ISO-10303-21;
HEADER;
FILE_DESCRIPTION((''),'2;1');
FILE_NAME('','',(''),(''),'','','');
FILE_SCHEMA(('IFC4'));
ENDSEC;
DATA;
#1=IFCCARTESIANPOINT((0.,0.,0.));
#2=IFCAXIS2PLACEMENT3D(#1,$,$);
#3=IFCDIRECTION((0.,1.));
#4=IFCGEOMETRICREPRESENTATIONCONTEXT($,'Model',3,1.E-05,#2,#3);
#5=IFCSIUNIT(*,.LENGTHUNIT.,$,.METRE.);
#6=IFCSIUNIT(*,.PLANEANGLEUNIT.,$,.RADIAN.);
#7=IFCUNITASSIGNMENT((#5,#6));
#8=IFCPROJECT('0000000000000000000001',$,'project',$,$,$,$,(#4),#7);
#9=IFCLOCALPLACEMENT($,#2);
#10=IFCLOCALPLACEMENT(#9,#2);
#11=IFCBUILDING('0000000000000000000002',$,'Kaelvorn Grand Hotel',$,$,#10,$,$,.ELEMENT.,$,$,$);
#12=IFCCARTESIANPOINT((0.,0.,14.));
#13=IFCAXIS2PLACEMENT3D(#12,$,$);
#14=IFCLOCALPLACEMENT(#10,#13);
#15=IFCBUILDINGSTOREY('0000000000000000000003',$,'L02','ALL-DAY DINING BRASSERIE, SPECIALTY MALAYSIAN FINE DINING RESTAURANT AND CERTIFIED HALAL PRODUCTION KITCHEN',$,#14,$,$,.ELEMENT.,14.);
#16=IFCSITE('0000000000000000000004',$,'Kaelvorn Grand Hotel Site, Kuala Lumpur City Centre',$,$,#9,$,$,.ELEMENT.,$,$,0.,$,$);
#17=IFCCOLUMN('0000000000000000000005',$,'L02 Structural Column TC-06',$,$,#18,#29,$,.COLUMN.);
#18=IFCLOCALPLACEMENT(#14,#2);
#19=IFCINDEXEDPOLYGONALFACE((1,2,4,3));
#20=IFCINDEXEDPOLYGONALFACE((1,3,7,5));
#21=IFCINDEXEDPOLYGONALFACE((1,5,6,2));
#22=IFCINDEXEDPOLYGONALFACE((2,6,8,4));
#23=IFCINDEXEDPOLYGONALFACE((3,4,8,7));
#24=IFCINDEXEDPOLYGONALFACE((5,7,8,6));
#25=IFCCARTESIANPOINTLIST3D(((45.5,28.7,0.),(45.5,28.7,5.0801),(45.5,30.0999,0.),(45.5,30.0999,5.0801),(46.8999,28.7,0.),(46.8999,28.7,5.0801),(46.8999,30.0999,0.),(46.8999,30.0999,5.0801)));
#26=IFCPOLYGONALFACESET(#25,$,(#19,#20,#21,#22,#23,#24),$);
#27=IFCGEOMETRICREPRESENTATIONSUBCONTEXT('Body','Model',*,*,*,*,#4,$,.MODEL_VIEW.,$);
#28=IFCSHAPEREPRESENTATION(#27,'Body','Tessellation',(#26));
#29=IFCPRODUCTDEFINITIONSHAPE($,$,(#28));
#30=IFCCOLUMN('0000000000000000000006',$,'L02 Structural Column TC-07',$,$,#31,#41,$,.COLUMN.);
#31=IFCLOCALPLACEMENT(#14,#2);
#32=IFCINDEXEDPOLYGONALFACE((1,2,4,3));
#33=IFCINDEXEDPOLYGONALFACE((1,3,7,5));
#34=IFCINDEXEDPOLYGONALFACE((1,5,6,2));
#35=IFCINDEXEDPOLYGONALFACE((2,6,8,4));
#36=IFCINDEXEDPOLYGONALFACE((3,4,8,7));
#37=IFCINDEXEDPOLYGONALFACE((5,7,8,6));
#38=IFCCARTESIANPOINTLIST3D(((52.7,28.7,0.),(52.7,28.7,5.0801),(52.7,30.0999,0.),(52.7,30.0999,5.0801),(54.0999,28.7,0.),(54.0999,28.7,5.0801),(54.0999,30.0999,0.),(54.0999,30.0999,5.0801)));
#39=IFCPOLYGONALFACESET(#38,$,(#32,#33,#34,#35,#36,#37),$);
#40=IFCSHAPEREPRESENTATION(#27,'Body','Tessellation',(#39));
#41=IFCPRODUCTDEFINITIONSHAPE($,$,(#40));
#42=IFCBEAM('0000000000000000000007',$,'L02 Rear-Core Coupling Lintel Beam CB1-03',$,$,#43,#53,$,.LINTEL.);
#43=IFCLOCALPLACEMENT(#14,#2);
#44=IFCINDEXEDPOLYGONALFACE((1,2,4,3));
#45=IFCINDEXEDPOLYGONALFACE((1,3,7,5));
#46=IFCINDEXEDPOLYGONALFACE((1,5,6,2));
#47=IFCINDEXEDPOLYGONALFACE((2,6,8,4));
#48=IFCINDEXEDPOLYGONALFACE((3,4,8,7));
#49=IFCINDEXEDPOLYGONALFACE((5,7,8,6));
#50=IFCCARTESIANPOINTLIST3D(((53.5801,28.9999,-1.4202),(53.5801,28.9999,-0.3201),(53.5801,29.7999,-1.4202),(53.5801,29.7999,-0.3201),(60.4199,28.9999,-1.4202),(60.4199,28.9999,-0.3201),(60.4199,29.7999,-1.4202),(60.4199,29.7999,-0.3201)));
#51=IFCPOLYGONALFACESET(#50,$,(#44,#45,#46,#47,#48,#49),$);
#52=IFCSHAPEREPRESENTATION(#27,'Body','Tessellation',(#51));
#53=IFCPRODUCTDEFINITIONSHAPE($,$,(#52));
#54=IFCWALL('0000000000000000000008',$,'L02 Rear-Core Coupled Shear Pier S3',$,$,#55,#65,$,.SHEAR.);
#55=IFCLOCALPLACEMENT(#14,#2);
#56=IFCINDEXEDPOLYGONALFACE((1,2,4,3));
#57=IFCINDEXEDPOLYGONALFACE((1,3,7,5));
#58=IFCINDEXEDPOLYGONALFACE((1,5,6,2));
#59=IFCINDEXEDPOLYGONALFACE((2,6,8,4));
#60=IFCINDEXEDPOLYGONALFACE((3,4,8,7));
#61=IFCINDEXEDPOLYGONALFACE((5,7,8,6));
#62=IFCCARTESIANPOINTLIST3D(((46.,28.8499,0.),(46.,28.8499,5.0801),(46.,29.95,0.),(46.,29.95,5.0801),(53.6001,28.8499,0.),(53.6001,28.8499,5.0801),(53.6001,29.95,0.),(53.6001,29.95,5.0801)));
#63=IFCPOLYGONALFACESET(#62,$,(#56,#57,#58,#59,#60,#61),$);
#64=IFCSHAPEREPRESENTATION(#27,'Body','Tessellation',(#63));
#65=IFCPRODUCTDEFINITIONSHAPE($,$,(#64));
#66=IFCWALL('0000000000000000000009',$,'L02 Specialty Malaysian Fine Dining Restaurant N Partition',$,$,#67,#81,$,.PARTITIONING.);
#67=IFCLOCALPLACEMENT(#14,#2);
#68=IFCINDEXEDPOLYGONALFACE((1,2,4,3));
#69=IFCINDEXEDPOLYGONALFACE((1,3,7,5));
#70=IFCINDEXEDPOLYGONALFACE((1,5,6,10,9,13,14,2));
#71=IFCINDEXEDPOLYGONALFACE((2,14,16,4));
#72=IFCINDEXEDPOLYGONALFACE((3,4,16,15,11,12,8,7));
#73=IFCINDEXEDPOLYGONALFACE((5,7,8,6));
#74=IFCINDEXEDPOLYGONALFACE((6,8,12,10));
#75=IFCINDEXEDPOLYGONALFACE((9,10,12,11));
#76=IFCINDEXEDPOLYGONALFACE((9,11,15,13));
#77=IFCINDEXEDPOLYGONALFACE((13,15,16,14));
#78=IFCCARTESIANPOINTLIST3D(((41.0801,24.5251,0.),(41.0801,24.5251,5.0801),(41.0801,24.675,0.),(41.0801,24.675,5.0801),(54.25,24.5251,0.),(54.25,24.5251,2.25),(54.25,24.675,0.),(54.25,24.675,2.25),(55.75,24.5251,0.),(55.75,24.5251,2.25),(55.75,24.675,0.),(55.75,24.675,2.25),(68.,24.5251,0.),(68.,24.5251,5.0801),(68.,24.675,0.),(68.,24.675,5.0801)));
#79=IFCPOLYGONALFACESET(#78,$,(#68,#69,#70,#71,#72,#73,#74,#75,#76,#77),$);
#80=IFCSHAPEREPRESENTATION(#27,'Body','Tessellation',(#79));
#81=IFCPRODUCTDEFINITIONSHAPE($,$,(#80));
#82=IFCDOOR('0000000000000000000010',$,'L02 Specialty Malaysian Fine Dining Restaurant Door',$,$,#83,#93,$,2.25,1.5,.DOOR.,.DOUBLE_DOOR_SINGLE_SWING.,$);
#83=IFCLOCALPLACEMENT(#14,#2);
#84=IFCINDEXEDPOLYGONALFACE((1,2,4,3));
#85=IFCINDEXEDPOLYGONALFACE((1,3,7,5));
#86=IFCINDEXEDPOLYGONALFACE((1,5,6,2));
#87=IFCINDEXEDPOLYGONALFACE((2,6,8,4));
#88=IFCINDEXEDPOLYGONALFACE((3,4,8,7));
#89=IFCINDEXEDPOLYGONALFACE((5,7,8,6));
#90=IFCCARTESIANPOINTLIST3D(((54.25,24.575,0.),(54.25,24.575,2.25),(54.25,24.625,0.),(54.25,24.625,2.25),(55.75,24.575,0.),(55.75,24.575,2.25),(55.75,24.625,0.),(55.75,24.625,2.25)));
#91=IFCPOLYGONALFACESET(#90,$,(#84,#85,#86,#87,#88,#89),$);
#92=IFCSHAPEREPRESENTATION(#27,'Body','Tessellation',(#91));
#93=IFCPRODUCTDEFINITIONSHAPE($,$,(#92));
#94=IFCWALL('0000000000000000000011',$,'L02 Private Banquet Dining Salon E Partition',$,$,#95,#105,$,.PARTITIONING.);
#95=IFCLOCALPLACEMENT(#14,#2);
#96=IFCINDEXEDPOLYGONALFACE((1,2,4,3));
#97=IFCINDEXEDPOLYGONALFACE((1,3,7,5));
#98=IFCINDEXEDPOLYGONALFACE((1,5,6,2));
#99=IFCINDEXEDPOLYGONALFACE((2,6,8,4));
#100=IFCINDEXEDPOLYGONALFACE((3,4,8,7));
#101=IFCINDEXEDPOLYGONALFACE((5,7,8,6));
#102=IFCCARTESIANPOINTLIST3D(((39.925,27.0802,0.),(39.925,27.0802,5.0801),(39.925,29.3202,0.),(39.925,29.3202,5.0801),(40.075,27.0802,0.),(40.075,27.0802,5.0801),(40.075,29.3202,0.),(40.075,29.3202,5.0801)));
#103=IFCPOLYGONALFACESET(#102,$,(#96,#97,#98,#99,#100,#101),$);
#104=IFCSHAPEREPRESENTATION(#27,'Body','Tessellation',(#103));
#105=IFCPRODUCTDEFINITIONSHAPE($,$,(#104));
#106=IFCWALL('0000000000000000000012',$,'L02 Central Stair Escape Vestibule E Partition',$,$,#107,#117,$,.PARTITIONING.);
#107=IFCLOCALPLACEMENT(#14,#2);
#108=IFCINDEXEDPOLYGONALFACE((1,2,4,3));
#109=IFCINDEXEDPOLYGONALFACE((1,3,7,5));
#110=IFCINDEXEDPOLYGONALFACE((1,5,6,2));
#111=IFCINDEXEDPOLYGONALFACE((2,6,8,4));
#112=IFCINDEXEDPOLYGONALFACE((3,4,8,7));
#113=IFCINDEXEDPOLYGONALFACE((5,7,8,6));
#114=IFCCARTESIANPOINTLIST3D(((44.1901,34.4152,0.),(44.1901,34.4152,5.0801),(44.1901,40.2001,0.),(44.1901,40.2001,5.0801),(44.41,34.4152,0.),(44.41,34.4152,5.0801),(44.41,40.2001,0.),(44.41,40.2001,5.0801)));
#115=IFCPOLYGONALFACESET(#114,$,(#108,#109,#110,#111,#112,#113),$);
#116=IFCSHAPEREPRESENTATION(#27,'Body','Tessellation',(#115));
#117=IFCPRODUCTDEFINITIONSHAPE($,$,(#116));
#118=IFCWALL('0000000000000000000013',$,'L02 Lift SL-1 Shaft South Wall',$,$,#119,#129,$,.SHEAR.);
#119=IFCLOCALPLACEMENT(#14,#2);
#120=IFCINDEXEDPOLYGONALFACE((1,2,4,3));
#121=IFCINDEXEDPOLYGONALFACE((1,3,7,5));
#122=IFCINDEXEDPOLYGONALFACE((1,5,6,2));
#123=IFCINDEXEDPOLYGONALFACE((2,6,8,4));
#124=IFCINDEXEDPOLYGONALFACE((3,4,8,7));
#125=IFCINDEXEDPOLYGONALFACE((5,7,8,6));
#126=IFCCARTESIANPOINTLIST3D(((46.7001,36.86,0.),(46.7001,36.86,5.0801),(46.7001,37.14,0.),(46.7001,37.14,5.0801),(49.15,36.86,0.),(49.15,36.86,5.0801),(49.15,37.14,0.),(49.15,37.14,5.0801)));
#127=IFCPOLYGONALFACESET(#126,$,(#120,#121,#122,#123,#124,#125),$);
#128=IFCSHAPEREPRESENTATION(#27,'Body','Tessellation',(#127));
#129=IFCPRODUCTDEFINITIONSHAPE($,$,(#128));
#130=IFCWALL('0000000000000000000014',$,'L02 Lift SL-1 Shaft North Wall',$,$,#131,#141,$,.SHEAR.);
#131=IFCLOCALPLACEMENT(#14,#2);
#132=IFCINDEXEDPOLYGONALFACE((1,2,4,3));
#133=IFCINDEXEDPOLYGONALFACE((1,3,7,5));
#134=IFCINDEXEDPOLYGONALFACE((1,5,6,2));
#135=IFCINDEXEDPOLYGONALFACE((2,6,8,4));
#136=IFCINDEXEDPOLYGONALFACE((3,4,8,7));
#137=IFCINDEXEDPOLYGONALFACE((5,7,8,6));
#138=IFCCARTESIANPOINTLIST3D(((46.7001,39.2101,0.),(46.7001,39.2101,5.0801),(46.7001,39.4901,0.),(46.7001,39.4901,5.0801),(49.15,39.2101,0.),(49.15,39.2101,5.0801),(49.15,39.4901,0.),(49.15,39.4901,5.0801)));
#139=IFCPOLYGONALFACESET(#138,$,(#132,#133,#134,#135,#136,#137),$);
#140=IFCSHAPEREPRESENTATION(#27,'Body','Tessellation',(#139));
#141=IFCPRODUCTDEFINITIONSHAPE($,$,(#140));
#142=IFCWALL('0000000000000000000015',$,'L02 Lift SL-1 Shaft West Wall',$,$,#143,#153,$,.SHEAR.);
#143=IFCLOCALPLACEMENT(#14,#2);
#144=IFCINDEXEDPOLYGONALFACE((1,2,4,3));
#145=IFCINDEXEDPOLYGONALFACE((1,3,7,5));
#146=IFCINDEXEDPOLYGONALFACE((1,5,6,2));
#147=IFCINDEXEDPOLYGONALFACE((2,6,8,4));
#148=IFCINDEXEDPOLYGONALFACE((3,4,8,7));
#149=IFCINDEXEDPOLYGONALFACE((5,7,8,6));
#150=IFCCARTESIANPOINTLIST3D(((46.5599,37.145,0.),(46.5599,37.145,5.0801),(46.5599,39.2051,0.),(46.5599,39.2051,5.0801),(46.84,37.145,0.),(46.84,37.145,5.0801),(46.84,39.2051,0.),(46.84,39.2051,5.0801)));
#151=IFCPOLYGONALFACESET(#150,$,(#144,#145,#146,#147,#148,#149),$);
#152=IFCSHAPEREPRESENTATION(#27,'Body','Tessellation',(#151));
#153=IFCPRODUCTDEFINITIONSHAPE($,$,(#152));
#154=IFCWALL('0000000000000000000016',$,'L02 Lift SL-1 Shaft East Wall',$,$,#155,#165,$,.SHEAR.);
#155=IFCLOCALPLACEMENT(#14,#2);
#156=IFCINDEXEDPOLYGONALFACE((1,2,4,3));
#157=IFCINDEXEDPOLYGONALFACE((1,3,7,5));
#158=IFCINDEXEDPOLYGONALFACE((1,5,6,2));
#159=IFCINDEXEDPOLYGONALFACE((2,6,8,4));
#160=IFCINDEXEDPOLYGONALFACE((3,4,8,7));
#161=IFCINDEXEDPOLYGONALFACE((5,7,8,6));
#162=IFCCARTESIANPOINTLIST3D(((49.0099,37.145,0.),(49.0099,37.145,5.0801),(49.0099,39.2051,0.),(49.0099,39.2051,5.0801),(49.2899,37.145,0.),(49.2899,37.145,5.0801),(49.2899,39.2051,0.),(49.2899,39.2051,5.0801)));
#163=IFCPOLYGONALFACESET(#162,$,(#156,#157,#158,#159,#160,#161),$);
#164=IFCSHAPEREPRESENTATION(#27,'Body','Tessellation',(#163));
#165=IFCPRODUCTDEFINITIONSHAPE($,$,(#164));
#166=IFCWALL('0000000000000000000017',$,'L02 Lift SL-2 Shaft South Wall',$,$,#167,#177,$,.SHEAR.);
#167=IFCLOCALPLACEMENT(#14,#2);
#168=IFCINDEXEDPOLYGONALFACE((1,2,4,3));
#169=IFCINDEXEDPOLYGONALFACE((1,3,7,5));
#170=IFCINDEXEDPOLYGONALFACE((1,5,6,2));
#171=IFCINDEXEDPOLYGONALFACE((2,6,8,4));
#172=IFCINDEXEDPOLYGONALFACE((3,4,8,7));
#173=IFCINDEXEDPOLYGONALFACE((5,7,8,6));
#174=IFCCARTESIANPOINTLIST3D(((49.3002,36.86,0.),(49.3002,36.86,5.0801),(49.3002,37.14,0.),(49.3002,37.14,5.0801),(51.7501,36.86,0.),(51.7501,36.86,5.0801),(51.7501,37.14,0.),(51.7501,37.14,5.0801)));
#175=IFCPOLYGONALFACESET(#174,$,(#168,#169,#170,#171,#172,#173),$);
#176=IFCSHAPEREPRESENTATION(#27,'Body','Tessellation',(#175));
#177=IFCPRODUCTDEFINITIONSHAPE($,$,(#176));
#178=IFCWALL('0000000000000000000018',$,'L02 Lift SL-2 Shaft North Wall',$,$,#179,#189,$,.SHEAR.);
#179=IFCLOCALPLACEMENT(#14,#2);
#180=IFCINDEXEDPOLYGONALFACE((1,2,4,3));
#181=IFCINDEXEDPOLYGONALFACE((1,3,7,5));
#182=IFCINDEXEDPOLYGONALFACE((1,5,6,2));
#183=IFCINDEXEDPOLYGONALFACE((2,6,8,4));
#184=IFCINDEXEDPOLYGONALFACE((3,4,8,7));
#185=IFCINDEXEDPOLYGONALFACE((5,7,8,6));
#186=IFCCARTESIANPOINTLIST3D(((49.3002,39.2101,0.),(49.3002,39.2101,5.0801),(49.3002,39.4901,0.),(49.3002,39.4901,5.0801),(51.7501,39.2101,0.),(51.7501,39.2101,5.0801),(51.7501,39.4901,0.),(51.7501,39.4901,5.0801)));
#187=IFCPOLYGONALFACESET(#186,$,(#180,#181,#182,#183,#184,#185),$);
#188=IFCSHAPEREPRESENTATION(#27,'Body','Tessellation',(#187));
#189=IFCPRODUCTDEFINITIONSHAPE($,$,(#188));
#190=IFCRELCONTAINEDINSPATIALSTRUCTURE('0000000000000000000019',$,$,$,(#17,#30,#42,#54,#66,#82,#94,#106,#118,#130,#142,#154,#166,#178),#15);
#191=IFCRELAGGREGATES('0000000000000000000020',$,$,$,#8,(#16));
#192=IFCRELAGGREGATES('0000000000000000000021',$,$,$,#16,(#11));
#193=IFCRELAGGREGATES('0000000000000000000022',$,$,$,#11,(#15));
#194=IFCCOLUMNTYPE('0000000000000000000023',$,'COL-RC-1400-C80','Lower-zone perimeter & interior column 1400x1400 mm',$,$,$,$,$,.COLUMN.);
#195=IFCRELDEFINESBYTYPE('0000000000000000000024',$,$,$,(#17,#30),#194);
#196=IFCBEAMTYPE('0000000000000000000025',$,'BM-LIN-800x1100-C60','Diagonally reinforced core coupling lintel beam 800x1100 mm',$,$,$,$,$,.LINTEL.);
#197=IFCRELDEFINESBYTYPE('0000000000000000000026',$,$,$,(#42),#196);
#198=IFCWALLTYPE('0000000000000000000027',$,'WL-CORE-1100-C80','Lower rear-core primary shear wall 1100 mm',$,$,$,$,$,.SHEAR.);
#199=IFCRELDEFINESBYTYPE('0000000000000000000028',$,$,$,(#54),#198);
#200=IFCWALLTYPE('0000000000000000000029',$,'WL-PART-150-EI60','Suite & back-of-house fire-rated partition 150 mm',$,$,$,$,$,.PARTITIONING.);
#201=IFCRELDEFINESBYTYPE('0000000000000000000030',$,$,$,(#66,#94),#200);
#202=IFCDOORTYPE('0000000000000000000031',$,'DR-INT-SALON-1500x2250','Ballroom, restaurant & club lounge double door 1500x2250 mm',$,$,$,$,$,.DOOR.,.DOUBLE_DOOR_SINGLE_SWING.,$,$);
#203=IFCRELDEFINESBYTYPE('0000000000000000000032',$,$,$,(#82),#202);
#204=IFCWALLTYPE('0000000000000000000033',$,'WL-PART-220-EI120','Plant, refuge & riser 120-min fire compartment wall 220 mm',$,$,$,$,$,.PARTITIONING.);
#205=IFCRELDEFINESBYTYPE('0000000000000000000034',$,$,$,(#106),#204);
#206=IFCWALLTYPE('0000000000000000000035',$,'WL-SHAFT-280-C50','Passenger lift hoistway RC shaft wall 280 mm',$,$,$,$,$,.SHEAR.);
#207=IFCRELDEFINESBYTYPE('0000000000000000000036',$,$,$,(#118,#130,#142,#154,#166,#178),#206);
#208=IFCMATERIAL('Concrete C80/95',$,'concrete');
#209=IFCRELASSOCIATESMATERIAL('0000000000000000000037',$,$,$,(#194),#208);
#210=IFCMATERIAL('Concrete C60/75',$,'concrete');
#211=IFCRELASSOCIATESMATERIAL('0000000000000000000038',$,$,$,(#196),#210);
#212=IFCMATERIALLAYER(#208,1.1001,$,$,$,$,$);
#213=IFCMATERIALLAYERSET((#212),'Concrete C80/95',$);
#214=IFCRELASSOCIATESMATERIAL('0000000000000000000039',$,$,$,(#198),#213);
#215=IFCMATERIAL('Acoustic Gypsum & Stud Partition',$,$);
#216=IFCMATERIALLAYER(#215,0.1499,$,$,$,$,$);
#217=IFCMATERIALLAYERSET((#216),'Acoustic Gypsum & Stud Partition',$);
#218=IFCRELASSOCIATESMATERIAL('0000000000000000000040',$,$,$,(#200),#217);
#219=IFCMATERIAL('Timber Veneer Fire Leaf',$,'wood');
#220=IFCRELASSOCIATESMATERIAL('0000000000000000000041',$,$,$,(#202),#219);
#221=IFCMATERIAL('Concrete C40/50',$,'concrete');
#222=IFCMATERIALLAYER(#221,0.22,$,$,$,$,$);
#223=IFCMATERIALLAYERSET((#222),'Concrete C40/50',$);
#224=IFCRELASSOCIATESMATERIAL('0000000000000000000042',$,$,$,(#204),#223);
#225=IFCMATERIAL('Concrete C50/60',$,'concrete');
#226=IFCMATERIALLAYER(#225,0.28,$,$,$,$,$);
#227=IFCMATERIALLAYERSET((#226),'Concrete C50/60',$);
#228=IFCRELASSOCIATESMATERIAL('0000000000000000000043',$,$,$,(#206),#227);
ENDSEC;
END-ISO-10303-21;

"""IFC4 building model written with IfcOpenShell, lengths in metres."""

from ifc_helpers import new_model, si_unit, direction, frame, frame_2d, origin, origin_2d, place, context, subcontext, project, spatial, rectangle, extrude, material, layer, layer_set, material_profile, profile_set, type_object, element, fill, save


model = new_model("IFC4")

# Units and contexts
model_context = context("Model", 3, precision=1e-05, world=origin(), true_north=direction((0.0, 1.0)))
body_context = subcontext(model_context, "Body", "Model", "MODEL_VIEW")
ifc_project = project(units=[si_unit("LENGTHUNIT", "METRE"), si_unit("PLANEANGLEUNIT", "RADIAN")], contexts=[model_context])

# Site, building, storey
site_placement = place(None, origin())
site = spatial("IfcSite", under=ifc_project, at=site_placement, Name="Kaelvorn Grand Hotel Site, Kuala Lumpur City Centre", CompositionType="ELEMENT", RefElevation=0.0)
building_placement = place(site_placement, origin())
building = spatial("IfcBuilding", under=site, at=building_placement, Name="Kaelvorn Grand Hotel", CompositionType="ELEMENT")
storey_placement = place(building_placement, frame((0.0, 0.0, 14.0)))
storey = spatial("IfcBuildingStorey", under=building, at=storey_placement, Name="L02", Description="ALL-DAY DINING BRASSERIE, SPECIALTY MALAYSIAN FINE DINING RESTAURANT AND CERTIFIED HALAL PRODUCTION KITCHEN", CompositionType="ELEMENT", Elevation=14.0)

# Columns
ifc_material_1 = material(Name="Concrete C80/95", Category="concrete")
ifc_material_profile_1 = material_profile(ifc_material_1, rectangle(XDim=1.3999, YDim=1.3999, at=origin_2d()), Name="RC COL 1400x1400")
ifc_profile_set_1 = profile_set([ifc_material_profile_1], Name="Concrete C80/95")
column_type = type_object("IfcColumnType", Name="COL-RC-1400-C80", Description="Lower-zone perimeter & interior column 1400x1400 mm", PredefinedType="COLUMN", material=ifc_profile_set_1)
for number, where, z_axis, x_axis, name in (
    (1, (46.2, 29.3999, 0.0), (0.0, 0.0, 1.0), (1.0, 0.0, 0.0), "L02 Structural Column TC-06"),
    (2, (53.3999, 29.3999, 0.0), (0.0, 0.0, 1.0), (1.0, 0.0, 0.0), "L02 Structural Column TC-07"),
):
    element("IfcColumn", number, at=place(storey_placement, frame(where, z_axis=z_axis, x_axis=x_axis)), inside=storey, type_object=column_type, Name=name, PredefinedType="COLUMN", context=body_context, shape_type="SweptSolid", body=[
        extrude(rectangle(XDim=1.3999, YDim=1.3999, at=origin_2d()), origin(), (0.0, 0.0, 1.0), 5.0801),
    ])

# Beam
ifc_material_2 = material(Name="Concrete C60/75", Category="concrete")
ifc_material_profile_2 = material_profile(ifc_material_2, rectangle(XDim=0.8, YDim=1.1001, at=origin_2d()), Name="RC LINTEL 800x1100")
ifc_profile_set_2 = profile_set([ifc_material_profile_2], Name="Concrete C60/75")
beam_type = type_object("IfcBeamType", Name="BM-LIN-800x1100-C60", Description="Diagonally reinforced core coupling lintel beam 800x1100 mm", PredefinedType="LINTEL", material=ifc_profile_set_2)
beam_placement = place(storey_placement, frame((53.5801, 29.3999, -0.8701), z_axis=(1.0, 0.0, 0.0), x_axis=(0.0, 1.0, 0.0)))
element("IfcBeam", 3, at=beam_placement, inside=storey, type_object=beam_type, Name="L02 Rear-Core Coupling Lintel Beam CB1-03", PredefinedType="LINTEL", context=body_context, shape_type="SweptSolid", body=[
    extrude(rectangle(XDim=0.8, YDim=1.1001, at=origin_2d()), origin(), (0.0, 0.0, 1.0), 6.8398),
])

# Wall
ifc_layer_1 = layer(ifc_material_1, 1.1001)
ifc_layer_set_1 = layer_set([ifc_layer_1], Name="Concrete C80/95")
wall_type_1 = type_object("IfcWallType", Name="WL-CORE-1100-C80", Description="Lower rear-core primary shear wall 1100 mm", PredefinedType="SHEAR", material=ifc_layer_set_1)
wall_1_placement = place(storey_placement, frame((46.0, 29.3999, 0.0), z_axis=(0.0, 0.0, 1.0), x_axis=(1.0, 0.0, 0.0)))
element("IfcWall", 4, at=wall_1_placement, inside=storey, type_object=wall_type_1, Name="L02 Rear-Core Coupled Shear Pier S3", PredefinedType="SHEAR", context=body_context, shape_type="SweptSolid", body=[
    extrude(rectangle(XDim=7.6001, YDim=1.1001, at=frame_2d((3.8, 0.0))), origin(), (0.0, 0.0, 1.0), 5.0801),
])

# Wall, opening, door
ifc_material_3 = material(Name="Acoustic Gypsum & Stud Partition")
ifc_layer_2 = layer(ifc_material_3, 0.1499)
ifc_layer_set_2 = layer_set([ifc_layer_2], Name="Acoustic Gypsum & Stud Partition")
wall_type_2 = type_object("IfcWallType", Name="WL-PART-150-EI60", Description="Suite & back-of-house fire-rated partition 150 mm", PredefinedType="PARTITIONING", material=ifc_layer_set_2)
wall_2_placement = place(storey_placement, frame((41.0801, 24.6001, 0.0), z_axis=(0.0, 0.0, 1.0), x_axis=(1.0, 0.0, 0.0)))
wall_2 = element("IfcWall", 5, at=wall_2_placement, inside=storey, type_object=wall_type_2, Name="L02 Specialty Malaysian Fine Dining Restaurant N Partition", PredefinedType="PARTITIONING", context=body_context, shape_type="SweptSolid", body=[
    extrude(rectangle(XDim=26.9199, YDim=0.1499, at=frame_2d((13.46, 0.0))), origin(), (0.0, 0.0, 1.0), 5.0801),
])
opening_1_placement = place(wall_2_placement, frame((13.1699, 0.0, 0.0)))
opening_1 = element("IfcOpeningElement", 6, at=opening_1_placement, cuts=wall_2, PredefinedType="OPENING", context=body_context, shape_type="SweptSolid", body=[
    extrude(rectangle(XDim=1.5, YDim=2.25, at=frame_2d((0.75, 1.125))), frame((0.0, 0.085, 0.0), z_axis=(0.0, -1.0, 0.0), x_axis=(1.0, 0.0, 0.0)), (0.0, 0.0, 1.0), 0.1699),
])
ifc_material_4 = material(Name="Timber Veneer Fire Leaf", Category="wood")
door_type_1 = type_object("IfcDoorType", Name="DR-INT-SALON-1500x2250", Description="Ballroom, restaurant & club lounge double door 1500x2250 mm", OperationType="DOUBLE_DOOR_SINGLE_SWING", PredefinedType="DOOR", material=ifc_material_4)
door_1_placement = place(opening_1_placement, origin())
door_1 = element("IfcDoor", 7, at=door_1_placement, inside=storey, type_object=door_type_1, Name="L02 Specialty Malaysian Fine Dining Restaurant Door", OperationType="DOUBLE_DOOR_SINGLE_SWING", OverallHeight=2.25, OverallWidth=1.5, PredefinedType="DOOR", context=body_context, shape_type="SweptSolid", body=[
    extrude(rectangle(XDim=1.5, YDim=2.25, at=frame_2d((0.75, 1.125))), frame((0.0, 0.0249, 0.0), z_axis=(0.0, -1.0, 0.0), x_axis=(1.0, 0.0, 0.0)), (0.0, 0.0, 1.0), 0.05),
])
fill(opening_1, door_1)

# Walls
wall_3_placement = place(storey_placement, frame((40.0, 27.0801, 0.0), z_axis=(0.0, 0.0, 1.0), x_axis=(0.0, 1.0, 0.0)))
element("IfcWall", 8, at=wall_3_placement, inside=storey, type_object=wall_type_2, Name="L02 Private Banquet Dining Salon E Partition", PredefinedType="PARTITIONING", context=body_context, shape_type="SweptSolid", body=[
    extrude(rectangle(XDim=2.24, YDim=0.1499, at=frame_2d((1.1201, 0.0))), origin(), (0.0, 0.0, 1.0), 5.0801),
])
ifc_material_5 = material(Name="Concrete C40/50", Category="concrete")
ifc_layer_3 = layer(ifc_material_5, 0.22)
ifc_layer_set_3 = layer_set([ifc_layer_3], Name="Concrete C40/50")
wall_type_3 = type_object("IfcWallType", Name="WL-PART-220-EI120", Description="Plant, refuge & riser 120-min fire compartment wall 220 mm", PredefinedType="PARTITIONING", material=ifc_layer_set_3)
wall_4_placement = place(storey_placement, frame((44.3, 34.415, 0.0), z_axis=(0.0, 0.0, 1.0), x_axis=(0.0, 1.0, 0.0)))
element("IfcWall", 9, at=wall_4_placement, inside=storey, type_object=wall_type_3, Name="L02 Central Stair Escape Vestibule E Partition", PredefinedType="PARTITIONING", context=body_context, shape_type="SweptSolid", body=[
    extrude(rectangle(XDim=5.7849, YDim=0.22, at=frame_2d((2.8926, 0.0))), origin(), (0.0, 0.0, 1.0), 5.0801),
])
ifc_material_6 = material(Name="Concrete C50/60", Category="concrete")
ifc_layer_4 = layer(ifc_material_6, 0.28)
ifc_layer_set_4 = layer_set([ifc_layer_4], Name="Concrete C50/60")
wall_type_4 = type_object("IfcWallType", Name="WL-SHAFT-280-C50", Description="Passenger lift hoistway RC shaft wall 280 mm", PredefinedType="SHEAR", material=ifc_layer_set_4)
for number, where, z_axis, x_axis, name in (
    (10, (46.7, 37.0, 0.0), (0.0, 0.0, 1.0), (1.0, 0.0, 0.0), "L02 Lift SL-1 Shaft South Wall"),
    (11, (46.7, 39.3501, 0.0), (0.0, 0.0, 1.0), (1.0, 0.0, 0.0), "L02 Lift SL-1 Shaft North Wall"),
):
    element("IfcWall", number, at=place(storey_placement, frame(where, z_axis=z_axis, x_axis=x_axis)), inside=storey, type_object=wall_type_4, Name=name, PredefinedType="SHEAR", context=body_context, shape_type="SweptSolid", body=[
        extrude(rectangle(XDim=2.45, YDim=0.28, at=frame_2d((1.2251, 0.0))), origin(), (0.0, 0.0, 1.0), 5.0801),
    ])
for number, where, z_axis, x_axis, name in (
    (12, (46.7, 37.145, 0.0), (0.0, 0.0, 1.0), (0.0, 1.0, 0.0), "L02 Lift SL-1 Shaft West Wall"),
    (13, (49.1499, 37.145, 0.0), (0.0, 0.0, 1.0), (0.0, 1.0, 0.0), "L02 Lift SL-1 Shaft East Wall"),
):
    element("IfcWall", number, at=place(storey_placement, frame(where, z_axis=z_axis, x_axis=x_axis)), inside=storey, type_object=wall_type_4, Name=name, PredefinedType="SHEAR", context=body_context, shape_type="SweptSolid", body=[
        extrude(rectangle(XDim=2.0601, YDim=0.28, at=frame_2d((1.03, 0.0))), origin(), (0.0, 0.0, 1.0), 5.0801),
    ])
for number, where, z_axis, x_axis, name in (
    (14, (49.3, 37.0, 0.0), (0.0, 0.0, 1.0), (1.0, 0.0, 0.0), "L02 Lift SL-2 Shaft South Wall"),
    (15, (49.3, 39.3501, 0.0), (0.0, 0.0, 1.0), (1.0, 0.0, 0.0), "L02 Lift SL-2 Shaft North Wall"),
):
    element("IfcWall", number, at=place(storey_placement, frame(where, z_axis=z_axis, x_axis=x_axis)), inside=storey, type_object=wall_type_4, Name=name, PredefinedType="SHEAR", context=body_context, shape_type="SweptSolid", body=[
        extrude(rectangle(XDim=2.45, YDim=0.28, at=frame_2d((1.2251, 0.0))), origin(), (0.0, 0.0, 1.0), 5.0801),
    ])

save(model, "model.ifc")
